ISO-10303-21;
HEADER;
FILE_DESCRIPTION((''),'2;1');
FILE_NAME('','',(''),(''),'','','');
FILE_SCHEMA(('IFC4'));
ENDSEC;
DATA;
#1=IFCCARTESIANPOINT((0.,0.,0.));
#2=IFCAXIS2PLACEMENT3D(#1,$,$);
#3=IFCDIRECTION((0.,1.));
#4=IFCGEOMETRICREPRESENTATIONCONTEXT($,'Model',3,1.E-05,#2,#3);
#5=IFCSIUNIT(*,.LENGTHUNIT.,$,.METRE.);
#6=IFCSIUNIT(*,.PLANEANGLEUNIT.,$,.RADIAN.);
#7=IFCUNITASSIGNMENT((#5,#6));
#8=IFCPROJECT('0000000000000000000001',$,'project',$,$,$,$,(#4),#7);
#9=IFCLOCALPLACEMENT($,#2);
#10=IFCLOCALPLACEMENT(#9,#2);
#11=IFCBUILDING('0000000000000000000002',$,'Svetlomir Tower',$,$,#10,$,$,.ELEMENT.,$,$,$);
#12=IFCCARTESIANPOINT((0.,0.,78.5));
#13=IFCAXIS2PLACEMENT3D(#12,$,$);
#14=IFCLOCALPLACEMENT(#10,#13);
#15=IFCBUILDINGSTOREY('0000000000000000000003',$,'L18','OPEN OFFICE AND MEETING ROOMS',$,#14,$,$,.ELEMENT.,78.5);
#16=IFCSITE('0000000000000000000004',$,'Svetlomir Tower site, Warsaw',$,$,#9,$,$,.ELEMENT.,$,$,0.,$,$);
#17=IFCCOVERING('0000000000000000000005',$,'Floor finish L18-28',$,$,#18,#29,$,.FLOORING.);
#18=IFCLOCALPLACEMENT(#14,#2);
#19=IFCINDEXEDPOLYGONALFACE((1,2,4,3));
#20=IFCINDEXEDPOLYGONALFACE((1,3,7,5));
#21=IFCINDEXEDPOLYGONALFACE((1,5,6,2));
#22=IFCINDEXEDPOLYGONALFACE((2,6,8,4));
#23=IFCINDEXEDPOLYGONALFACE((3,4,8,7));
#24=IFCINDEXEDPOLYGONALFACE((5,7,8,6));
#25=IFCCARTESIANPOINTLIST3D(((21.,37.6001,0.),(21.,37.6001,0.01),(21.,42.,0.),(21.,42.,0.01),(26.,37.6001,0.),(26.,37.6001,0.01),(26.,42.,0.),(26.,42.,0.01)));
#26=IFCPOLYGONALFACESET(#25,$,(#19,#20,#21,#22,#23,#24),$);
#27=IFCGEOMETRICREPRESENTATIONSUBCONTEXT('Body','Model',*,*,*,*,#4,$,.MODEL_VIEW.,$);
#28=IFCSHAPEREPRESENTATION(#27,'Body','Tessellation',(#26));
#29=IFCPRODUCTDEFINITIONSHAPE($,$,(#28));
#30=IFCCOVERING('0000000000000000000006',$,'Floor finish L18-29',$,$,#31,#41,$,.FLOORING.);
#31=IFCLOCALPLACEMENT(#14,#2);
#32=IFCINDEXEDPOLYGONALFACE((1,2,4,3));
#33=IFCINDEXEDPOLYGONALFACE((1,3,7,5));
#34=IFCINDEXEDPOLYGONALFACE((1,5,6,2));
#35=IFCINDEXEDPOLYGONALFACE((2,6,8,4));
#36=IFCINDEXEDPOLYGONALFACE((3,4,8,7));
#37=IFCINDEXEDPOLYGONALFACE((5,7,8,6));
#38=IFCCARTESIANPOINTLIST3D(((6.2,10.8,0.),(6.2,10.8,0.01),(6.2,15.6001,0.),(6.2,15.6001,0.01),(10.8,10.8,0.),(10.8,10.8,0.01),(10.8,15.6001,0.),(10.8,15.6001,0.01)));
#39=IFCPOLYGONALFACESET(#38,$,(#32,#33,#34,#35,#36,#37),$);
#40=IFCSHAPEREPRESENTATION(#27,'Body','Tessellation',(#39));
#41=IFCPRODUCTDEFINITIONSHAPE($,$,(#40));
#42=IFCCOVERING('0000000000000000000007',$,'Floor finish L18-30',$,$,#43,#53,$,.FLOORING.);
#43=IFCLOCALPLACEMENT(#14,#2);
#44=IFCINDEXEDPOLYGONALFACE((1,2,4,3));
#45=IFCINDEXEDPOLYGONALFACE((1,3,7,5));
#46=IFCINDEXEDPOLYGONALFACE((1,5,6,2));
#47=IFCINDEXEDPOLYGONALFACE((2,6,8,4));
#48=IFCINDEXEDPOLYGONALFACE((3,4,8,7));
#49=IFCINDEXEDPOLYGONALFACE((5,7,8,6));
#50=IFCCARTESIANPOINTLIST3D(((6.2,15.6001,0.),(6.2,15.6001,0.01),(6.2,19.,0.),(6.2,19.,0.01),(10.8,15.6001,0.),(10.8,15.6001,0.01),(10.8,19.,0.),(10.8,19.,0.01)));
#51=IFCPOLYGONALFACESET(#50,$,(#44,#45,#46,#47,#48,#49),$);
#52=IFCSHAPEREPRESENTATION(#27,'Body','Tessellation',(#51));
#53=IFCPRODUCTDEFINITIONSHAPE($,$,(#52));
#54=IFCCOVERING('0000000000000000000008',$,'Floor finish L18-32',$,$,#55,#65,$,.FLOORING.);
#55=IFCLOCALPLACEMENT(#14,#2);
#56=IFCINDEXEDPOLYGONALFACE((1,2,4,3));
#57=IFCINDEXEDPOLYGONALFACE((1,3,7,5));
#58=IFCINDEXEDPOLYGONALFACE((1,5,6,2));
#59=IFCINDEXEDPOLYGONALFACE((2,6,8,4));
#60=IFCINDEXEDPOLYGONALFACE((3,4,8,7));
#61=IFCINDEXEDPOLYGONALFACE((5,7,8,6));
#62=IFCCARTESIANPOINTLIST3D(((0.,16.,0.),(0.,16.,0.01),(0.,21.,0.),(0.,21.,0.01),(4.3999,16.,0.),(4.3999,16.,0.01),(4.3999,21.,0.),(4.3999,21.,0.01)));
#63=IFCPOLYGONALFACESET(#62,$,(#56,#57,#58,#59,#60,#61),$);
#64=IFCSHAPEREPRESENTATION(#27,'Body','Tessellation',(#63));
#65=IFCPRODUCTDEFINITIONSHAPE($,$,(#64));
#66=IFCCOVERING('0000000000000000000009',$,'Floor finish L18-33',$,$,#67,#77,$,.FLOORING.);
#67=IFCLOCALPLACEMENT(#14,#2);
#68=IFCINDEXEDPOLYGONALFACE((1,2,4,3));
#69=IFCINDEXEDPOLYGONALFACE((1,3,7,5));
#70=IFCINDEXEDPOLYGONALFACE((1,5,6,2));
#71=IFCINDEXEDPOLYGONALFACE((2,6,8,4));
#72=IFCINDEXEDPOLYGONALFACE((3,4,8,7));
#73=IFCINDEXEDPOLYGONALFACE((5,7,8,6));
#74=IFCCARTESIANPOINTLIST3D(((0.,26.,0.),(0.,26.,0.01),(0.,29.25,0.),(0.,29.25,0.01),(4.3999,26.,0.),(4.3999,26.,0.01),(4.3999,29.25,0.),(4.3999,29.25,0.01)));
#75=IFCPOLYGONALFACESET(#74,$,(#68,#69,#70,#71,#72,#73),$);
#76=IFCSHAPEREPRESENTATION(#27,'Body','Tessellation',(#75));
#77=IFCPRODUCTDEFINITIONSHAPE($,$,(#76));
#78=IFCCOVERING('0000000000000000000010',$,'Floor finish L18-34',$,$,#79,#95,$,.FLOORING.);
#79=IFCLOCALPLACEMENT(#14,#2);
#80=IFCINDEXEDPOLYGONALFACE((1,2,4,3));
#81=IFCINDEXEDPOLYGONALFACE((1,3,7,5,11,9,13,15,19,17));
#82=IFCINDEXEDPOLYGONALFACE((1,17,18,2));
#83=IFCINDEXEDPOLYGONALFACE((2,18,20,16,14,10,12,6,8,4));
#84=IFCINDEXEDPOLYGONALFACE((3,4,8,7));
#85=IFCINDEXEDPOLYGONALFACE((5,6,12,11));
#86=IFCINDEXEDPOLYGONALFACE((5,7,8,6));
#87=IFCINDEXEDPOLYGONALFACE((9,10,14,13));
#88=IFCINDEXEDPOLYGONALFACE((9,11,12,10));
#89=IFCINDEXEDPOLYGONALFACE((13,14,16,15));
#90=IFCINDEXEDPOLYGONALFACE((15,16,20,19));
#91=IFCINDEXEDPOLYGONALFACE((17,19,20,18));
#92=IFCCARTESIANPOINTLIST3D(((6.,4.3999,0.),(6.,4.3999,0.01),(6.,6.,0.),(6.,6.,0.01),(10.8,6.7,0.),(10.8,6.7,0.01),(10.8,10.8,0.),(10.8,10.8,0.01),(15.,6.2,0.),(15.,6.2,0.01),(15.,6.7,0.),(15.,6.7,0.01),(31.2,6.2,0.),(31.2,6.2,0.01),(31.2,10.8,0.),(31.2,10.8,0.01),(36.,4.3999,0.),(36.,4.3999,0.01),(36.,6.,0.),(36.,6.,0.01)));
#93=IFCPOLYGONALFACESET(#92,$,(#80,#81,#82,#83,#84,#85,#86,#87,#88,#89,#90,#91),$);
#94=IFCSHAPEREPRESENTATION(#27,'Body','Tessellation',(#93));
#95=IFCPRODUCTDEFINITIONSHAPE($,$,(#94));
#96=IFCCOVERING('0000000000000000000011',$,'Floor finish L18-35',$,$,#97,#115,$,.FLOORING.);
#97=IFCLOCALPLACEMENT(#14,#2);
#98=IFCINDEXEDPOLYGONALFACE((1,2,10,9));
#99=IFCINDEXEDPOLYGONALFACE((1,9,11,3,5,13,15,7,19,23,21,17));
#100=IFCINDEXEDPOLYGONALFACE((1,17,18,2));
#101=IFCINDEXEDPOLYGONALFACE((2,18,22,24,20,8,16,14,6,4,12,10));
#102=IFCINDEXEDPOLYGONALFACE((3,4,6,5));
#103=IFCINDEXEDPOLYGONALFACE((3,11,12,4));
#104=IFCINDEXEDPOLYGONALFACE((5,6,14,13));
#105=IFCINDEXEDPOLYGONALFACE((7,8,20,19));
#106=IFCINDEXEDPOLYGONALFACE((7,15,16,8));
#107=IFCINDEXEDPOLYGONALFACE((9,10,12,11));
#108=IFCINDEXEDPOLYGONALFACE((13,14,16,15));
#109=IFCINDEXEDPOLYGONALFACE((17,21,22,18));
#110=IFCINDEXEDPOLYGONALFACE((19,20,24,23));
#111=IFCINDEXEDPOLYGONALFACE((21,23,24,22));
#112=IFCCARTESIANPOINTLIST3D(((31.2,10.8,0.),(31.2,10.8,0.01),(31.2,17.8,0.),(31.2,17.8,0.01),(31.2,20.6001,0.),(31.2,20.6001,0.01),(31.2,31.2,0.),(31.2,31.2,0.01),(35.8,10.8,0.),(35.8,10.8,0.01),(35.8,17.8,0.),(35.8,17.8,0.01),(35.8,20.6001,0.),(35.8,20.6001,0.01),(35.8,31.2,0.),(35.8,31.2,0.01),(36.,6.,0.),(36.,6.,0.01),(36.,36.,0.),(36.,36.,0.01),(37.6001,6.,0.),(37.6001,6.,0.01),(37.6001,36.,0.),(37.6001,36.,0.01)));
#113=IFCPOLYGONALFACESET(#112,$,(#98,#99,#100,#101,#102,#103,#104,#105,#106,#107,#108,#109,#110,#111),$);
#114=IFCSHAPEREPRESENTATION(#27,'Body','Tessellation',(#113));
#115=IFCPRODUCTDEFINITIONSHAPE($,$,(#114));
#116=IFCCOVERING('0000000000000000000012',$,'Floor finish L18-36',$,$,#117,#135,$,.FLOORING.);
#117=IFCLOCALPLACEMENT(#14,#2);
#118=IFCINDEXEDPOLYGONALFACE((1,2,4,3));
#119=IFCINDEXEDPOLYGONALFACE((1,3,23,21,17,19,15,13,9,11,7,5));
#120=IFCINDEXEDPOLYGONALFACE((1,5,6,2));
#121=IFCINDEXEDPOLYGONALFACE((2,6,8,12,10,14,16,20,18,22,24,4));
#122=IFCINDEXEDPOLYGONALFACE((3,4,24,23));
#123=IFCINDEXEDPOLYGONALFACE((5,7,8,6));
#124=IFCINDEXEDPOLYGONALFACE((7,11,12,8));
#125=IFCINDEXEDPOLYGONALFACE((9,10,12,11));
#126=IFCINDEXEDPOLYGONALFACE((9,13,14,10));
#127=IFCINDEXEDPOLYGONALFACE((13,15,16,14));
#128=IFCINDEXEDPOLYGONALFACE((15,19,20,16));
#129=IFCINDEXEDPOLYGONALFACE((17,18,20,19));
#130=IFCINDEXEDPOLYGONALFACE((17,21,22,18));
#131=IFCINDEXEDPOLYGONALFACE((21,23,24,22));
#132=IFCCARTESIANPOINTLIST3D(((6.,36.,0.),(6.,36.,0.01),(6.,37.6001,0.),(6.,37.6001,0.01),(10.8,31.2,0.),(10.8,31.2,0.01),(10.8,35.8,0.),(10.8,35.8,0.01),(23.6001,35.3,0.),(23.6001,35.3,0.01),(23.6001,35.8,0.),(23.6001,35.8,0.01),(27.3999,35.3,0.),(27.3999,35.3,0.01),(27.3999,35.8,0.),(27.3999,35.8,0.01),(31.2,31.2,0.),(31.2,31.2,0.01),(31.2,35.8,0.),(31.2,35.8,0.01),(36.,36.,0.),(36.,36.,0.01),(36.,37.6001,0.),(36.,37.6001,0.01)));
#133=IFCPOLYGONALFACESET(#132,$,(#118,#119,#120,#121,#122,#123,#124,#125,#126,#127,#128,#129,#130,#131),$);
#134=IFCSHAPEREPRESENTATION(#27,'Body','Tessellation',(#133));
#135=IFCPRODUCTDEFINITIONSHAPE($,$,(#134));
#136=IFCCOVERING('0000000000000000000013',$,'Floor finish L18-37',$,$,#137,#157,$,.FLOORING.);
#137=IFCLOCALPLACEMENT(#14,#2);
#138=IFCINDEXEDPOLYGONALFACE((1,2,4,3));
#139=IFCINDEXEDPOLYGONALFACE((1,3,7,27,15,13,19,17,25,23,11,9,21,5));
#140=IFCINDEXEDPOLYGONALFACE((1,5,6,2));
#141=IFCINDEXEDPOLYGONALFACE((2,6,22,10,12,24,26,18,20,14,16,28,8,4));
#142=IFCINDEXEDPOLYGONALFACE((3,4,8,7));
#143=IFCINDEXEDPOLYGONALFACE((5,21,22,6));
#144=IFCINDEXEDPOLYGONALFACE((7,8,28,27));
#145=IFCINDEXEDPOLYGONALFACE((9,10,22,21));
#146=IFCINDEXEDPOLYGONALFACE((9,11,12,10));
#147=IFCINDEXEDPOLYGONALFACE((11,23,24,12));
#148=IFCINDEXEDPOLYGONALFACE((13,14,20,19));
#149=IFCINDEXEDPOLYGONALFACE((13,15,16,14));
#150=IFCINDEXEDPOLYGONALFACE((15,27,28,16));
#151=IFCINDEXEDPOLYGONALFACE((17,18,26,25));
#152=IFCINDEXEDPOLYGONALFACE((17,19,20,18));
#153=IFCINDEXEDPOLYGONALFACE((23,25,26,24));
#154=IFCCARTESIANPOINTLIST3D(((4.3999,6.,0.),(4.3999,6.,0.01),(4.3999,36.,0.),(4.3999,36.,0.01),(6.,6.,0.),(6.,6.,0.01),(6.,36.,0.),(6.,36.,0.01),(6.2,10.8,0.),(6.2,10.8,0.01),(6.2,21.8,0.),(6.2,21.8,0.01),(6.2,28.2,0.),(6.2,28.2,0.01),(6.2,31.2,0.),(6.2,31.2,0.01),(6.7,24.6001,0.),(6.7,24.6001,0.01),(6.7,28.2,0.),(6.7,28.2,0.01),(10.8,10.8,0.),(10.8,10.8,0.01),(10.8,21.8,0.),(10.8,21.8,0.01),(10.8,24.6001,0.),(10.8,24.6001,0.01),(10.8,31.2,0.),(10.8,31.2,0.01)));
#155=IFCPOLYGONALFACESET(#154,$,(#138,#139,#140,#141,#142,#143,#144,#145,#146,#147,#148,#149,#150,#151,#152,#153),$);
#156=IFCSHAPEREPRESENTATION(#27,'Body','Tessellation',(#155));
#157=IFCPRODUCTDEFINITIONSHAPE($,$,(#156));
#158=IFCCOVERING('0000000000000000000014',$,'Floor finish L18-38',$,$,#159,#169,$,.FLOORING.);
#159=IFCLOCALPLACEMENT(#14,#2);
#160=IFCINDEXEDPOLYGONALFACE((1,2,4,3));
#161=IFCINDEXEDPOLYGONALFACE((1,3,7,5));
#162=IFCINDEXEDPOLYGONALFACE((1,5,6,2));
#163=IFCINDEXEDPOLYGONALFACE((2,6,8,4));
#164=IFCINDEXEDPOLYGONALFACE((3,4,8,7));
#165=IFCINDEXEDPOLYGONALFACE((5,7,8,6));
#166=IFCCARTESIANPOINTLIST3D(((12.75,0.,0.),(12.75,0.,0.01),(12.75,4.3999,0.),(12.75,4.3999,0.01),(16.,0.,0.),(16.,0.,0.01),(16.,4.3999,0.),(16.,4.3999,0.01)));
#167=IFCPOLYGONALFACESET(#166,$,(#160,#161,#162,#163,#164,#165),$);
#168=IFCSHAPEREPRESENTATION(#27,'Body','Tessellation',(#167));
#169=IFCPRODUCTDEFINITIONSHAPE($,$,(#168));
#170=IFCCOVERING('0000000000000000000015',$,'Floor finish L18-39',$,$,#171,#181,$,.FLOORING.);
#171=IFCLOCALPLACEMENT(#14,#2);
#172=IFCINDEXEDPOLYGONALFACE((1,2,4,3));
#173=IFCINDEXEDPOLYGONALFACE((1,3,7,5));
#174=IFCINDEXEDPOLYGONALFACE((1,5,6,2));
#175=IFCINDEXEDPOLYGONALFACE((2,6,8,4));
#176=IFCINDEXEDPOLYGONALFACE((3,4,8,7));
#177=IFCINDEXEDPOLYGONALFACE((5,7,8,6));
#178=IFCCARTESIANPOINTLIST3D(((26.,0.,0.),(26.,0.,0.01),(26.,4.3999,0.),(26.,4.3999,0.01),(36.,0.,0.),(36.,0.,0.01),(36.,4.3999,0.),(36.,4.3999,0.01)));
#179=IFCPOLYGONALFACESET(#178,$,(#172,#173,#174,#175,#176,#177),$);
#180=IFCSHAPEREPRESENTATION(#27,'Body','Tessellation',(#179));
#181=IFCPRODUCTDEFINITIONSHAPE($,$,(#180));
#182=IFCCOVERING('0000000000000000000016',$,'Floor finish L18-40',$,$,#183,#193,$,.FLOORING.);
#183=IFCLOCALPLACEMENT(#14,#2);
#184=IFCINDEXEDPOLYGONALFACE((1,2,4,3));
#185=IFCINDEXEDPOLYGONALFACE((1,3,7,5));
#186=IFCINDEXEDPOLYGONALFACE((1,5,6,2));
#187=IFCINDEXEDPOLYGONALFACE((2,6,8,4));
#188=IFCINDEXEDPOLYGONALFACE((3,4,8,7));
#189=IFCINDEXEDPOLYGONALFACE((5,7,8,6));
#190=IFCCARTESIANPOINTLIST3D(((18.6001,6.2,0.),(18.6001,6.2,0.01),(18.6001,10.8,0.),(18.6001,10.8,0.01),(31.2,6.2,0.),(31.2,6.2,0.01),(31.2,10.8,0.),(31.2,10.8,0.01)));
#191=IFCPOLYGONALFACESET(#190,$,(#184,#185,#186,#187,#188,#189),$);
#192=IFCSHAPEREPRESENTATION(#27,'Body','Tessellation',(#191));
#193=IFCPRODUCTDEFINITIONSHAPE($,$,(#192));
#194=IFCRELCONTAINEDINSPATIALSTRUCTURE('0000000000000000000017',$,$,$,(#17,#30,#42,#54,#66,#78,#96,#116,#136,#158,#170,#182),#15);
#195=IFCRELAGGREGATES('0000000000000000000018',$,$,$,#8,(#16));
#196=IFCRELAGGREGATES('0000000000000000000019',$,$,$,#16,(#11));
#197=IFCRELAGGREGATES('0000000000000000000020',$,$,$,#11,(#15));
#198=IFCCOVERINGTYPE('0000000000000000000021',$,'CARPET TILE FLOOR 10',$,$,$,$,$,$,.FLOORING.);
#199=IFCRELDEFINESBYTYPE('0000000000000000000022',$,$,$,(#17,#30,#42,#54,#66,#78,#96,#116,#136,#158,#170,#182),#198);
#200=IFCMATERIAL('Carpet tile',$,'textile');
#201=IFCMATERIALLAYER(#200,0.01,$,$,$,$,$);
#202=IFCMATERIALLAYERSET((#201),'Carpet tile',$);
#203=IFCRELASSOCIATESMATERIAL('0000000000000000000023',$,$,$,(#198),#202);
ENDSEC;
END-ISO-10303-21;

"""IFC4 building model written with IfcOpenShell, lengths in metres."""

from ifc_helpers import new_model, si_unit, direction, frame, origin, place, context, subcontext, project, spatial, polyline, outline, extrude, material, layer, layer_set, type_object, element, save


model = new_model("IFC4")

# Units and contexts
model_context = context("Model", 3, precision=1e-05, world=origin(), true_north=direction((0.0, 1.0)))
body_context = subcontext(model_context, "Body", "Model", "MODEL_VIEW")
ifc_project = project(units=[si_unit("LENGTHUNIT", "METRE"), si_unit("PLANEANGLEUNIT", "RADIAN")], contexts=[model_context])

# Site, building, storey
site_placement = place(None, origin())
site = spatial("IfcSite", under=ifc_project, at=site_placement, Name="Svetlomir Tower site, Warsaw", CompositionType="ELEMENT", RefElevation=0.0)
building_placement = place(site_placement, origin())
building = spatial("IfcBuilding", under=site, at=building_placement, Name="Svetlomir Tower", CompositionType="ELEMENT")
storey_placement = place(building_placement, frame((0.0, 0.0, 78.5)))
storey = spatial("IfcBuildingStorey", under=building, at=storey_placement, Name="L18", Description="OPEN OFFICE AND MEETING ROOMS", CompositionType="ELEMENT", Elevation=78.5)

# Coverings
ifc_material_1 = material(Name="Carpet tile", Category="textile")
ifc_layer_1 = layer(ifc_material_1, 0.01)
ifc_layer_set_1 = layer_set([ifc_layer_1], Name="Carpet tile")
covering_type_1 = type_object("IfcCoveringType", Name="CARPET TILE FLOOR 10", PredefinedType="FLOORING", material=ifc_layer_set_1)
covering_1_placement = place(storey_placement, origin())
element("IfcCovering", 1, at=covering_1_placement, inside=storey, type_object=covering_type_1, Name="Floor finish L18-28", PredefinedType="FLOORING", context=body_context, shape_type="SweptSolid", body=[
    extrude(outline(polyline([(21.0, 37.6001), (26.0, 37.6001), (26.0, 42.0), (21.0, 42.0), (21.0, 37.6001)])), origin(), (0.0, 0.0, 1.0), 0.01),
])
covering_2_placement = place(storey_placement, origin())
element("IfcCovering", 2, at=covering_2_placement, inside=storey, type_object=covering_type_1, Name="Floor finish L18-29", PredefinedType="FLOORING", context=body_context, shape_type="SweptSolid", body=[
    extrude(outline(polyline([(6.2, 10.8), (10.8, 10.8), (10.8, 15.6001), (6.2, 15.6001), (6.2, 10.8)])), origin(), (0.0, 0.0, 1.0), 0.01),
])
covering_3_placement = place(storey_placement, origin())
element("IfcCovering", 3, at=covering_3_placement, inside=storey, type_object=covering_type_1, Name="Floor finish L18-30", PredefinedType="FLOORING", context=body_context, shape_type="SweptSolid", body=[
    extrude(outline(polyline([(6.2, 15.6001), (10.8, 15.6001), (10.8, 19.0), (6.2, 19.0), (6.2, 15.6001)])), origin(), (0.0, 0.0, 1.0), 0.01),
])
covering_4_placement = place(storey_placement, origin())
element("IfcCovering", 4, at=covering_4_placement, inside=storey, type_object=covering_type_1, Name="Floor finish L18-32", PredefinedType="FLOORING", context=body_context, shape_type="SweptSolid", body=[
    extrude(outline(polyline([(0.0, 16.0), (4.3999, 16.0), (4.3999, 21.0), (0.0, 21.0), (0.0, 16.0)])), origin(), (0.0, 0.0, 1.0), 0.01),
])
covering_5_placement = place(storey_placement, origin())
element("IfcCovering", 5, at=covering_5_placement, inside=storey, type_object=covering_type_1, Name="Floor finish L18-33", PredefinedType="FLOORING", context=body_context, shape_type="SweptSolid", body=[
    extrude(outline(polyline([(0.0, 26.0), (4.3999, 26.0), (4.3999, 29.25), (0.0, 29.25), (0.0, 26.0)])), origin(), (0.0, 0.0, 1.0), 0.01),
])
covering_6_placement = place(storey_placement, origin())
element("IfcCovering", 6, at=covering_6_placement, inside=storey, type_object=covering_type_1, Name="Floor finish L18-34", PredefinedType="FLOORING", context=body_context, shape_type="SweptSolid", body=[
    extrude(outline(polyline([(36.0, 4.3999), (6.0, 4.3999), (6.0, 6.0), (10.8, 10.8), (10.8, 6.7), (15.0, 6.7), (15.0, 6.2), (31.2, 6.2), (31.2, 10.8), (36.0, 6.0), (36.0, 4.3999)])), origin(), (0.0, 0.0, 1.0), 0.01),
])
covering_7_placement = place(storey_placement, origin())
element("IfcCovering", 7, at=covering_7_placement, inside=storey, type_object=covering_type_1, Name="Floor finish L18-35", PredefinedType="FLOORING", context=body_context, shape_type="SweptSolid", body=[
    extrude(outline(polyline([(31.2, 20.6001), (35.8, 20.6001), (35.8, 31.2), (31.2, 31.2), (36.0, 36.0), (37.6001, 36.0), (37.6001, 6.0), (36.0, 6.0), (31.2, 10.8), (35.8, 10.8), (35.8, 17.8), (31.2, 17.8), (31.2, 20.6001)])), origin(), (0.0, 0.0, 1.0), 0.01),
])
covering_8_placement = place(storey_placement, origin())
element("IfcCovering", 8, at=covering_8_placement, inside=storey, type_object=covering_type_1, Name="Floor finish L18-36", PredefinedType="FLOORING", context=body_context, shape_type="SweptSolid", body=[
    extrude(outline(polyline([(6.0, 37.6001), (36.0, 37.6001), (36.0, 36.0), (31.2, 31.2), (31.2, 35.8), (27.3999, 35.8), (27.3999, 35.3), (23.6001, 35.3), (23.6001, 35.8), (10.8, 35.8), (10.8, 31.2), (6.0, 36.0), (6.0, 37.6001)])), origin(), (0.0, 0.0, 1.0), 0.01),
])
covering_9_placement = place(storey_placement, origin())
element("IfcCovering", 9, at=covering_9_placement, inside=storey, type_object=covering_type_1, Name="Floor finish L18-37", PredefinedType="FLOORING", context=body_context, shape_type="SweptSolid", body=[
    extrude(outline(polyline([(4.3999, 6.0), (4.3999, 36.0), (6.0, 36.0), (10.8, 31.2), (6.2, 31.2), (6.2, 28.2), (6.7, 28.2), (6.7, 24.6001), (10.8, 24.6001), (10.8, 21.8), (6.2, 21.8), (6.2, 10.8), (10.8, 10.8), (6.0, 6.0), (4.3999, 6.0)])), origin(), (0.0, 0.0, 1.0), 0.01),
])
covering_10_placement = place(storey_placement, origin())
element("IfcCovering", 10, at=covering_10_placement, inside=storey, type_object=covering_type_1, Name="Floor finish L18-38", PredefinedType="FLOORING", context=body_context, shape_type="SweptSolid", body=[
    extrude(outline(polyline([(16.0, 4.3999), (16.0, 0.0), (12.75, 0.0), (12.75, 4.3999), (16.0, 4.3999)])), origin(), (0.0, 0.0, 1.0), 0.01),
])
covering_11_placement = place(storey_placement, origin())
element("IfcCovering", 11, at=covering_11_placement, inside=storey, type_object=covering_type_1, Name="Floor finish L18-39", PredefinedType="FLOORING", context=body_context, shape_type="SweptSolid", body=[
    extrude(outline(polyline([(26.0, 0.0), (26.0, 4.3999), (36.0, 4.3999), (36.0, 0.0), (26.0, 0.0)])), origin(), (0.0, 0.0, 1.0), 0.01),
])
covering_12_placement = place(storey_placement, origin())
element("IfcCovering", 12, at=covering_12_placement, inside=storey, type_object=covering_type_1, Name="Floor finish L18-40", PredefinedType="FLOORING", context=body_context, shape_type="SweptSolid", body=[
    extrude(outline(polyline([(31.2, 10.8), (31.2, 6.2), (18.6001, 6.2), (18.6001, 10.8), (31.2, 10.8)])), origin(), (0.0, 0.0, 1.0), 0.01),
])

save(model, "model.ifc")
